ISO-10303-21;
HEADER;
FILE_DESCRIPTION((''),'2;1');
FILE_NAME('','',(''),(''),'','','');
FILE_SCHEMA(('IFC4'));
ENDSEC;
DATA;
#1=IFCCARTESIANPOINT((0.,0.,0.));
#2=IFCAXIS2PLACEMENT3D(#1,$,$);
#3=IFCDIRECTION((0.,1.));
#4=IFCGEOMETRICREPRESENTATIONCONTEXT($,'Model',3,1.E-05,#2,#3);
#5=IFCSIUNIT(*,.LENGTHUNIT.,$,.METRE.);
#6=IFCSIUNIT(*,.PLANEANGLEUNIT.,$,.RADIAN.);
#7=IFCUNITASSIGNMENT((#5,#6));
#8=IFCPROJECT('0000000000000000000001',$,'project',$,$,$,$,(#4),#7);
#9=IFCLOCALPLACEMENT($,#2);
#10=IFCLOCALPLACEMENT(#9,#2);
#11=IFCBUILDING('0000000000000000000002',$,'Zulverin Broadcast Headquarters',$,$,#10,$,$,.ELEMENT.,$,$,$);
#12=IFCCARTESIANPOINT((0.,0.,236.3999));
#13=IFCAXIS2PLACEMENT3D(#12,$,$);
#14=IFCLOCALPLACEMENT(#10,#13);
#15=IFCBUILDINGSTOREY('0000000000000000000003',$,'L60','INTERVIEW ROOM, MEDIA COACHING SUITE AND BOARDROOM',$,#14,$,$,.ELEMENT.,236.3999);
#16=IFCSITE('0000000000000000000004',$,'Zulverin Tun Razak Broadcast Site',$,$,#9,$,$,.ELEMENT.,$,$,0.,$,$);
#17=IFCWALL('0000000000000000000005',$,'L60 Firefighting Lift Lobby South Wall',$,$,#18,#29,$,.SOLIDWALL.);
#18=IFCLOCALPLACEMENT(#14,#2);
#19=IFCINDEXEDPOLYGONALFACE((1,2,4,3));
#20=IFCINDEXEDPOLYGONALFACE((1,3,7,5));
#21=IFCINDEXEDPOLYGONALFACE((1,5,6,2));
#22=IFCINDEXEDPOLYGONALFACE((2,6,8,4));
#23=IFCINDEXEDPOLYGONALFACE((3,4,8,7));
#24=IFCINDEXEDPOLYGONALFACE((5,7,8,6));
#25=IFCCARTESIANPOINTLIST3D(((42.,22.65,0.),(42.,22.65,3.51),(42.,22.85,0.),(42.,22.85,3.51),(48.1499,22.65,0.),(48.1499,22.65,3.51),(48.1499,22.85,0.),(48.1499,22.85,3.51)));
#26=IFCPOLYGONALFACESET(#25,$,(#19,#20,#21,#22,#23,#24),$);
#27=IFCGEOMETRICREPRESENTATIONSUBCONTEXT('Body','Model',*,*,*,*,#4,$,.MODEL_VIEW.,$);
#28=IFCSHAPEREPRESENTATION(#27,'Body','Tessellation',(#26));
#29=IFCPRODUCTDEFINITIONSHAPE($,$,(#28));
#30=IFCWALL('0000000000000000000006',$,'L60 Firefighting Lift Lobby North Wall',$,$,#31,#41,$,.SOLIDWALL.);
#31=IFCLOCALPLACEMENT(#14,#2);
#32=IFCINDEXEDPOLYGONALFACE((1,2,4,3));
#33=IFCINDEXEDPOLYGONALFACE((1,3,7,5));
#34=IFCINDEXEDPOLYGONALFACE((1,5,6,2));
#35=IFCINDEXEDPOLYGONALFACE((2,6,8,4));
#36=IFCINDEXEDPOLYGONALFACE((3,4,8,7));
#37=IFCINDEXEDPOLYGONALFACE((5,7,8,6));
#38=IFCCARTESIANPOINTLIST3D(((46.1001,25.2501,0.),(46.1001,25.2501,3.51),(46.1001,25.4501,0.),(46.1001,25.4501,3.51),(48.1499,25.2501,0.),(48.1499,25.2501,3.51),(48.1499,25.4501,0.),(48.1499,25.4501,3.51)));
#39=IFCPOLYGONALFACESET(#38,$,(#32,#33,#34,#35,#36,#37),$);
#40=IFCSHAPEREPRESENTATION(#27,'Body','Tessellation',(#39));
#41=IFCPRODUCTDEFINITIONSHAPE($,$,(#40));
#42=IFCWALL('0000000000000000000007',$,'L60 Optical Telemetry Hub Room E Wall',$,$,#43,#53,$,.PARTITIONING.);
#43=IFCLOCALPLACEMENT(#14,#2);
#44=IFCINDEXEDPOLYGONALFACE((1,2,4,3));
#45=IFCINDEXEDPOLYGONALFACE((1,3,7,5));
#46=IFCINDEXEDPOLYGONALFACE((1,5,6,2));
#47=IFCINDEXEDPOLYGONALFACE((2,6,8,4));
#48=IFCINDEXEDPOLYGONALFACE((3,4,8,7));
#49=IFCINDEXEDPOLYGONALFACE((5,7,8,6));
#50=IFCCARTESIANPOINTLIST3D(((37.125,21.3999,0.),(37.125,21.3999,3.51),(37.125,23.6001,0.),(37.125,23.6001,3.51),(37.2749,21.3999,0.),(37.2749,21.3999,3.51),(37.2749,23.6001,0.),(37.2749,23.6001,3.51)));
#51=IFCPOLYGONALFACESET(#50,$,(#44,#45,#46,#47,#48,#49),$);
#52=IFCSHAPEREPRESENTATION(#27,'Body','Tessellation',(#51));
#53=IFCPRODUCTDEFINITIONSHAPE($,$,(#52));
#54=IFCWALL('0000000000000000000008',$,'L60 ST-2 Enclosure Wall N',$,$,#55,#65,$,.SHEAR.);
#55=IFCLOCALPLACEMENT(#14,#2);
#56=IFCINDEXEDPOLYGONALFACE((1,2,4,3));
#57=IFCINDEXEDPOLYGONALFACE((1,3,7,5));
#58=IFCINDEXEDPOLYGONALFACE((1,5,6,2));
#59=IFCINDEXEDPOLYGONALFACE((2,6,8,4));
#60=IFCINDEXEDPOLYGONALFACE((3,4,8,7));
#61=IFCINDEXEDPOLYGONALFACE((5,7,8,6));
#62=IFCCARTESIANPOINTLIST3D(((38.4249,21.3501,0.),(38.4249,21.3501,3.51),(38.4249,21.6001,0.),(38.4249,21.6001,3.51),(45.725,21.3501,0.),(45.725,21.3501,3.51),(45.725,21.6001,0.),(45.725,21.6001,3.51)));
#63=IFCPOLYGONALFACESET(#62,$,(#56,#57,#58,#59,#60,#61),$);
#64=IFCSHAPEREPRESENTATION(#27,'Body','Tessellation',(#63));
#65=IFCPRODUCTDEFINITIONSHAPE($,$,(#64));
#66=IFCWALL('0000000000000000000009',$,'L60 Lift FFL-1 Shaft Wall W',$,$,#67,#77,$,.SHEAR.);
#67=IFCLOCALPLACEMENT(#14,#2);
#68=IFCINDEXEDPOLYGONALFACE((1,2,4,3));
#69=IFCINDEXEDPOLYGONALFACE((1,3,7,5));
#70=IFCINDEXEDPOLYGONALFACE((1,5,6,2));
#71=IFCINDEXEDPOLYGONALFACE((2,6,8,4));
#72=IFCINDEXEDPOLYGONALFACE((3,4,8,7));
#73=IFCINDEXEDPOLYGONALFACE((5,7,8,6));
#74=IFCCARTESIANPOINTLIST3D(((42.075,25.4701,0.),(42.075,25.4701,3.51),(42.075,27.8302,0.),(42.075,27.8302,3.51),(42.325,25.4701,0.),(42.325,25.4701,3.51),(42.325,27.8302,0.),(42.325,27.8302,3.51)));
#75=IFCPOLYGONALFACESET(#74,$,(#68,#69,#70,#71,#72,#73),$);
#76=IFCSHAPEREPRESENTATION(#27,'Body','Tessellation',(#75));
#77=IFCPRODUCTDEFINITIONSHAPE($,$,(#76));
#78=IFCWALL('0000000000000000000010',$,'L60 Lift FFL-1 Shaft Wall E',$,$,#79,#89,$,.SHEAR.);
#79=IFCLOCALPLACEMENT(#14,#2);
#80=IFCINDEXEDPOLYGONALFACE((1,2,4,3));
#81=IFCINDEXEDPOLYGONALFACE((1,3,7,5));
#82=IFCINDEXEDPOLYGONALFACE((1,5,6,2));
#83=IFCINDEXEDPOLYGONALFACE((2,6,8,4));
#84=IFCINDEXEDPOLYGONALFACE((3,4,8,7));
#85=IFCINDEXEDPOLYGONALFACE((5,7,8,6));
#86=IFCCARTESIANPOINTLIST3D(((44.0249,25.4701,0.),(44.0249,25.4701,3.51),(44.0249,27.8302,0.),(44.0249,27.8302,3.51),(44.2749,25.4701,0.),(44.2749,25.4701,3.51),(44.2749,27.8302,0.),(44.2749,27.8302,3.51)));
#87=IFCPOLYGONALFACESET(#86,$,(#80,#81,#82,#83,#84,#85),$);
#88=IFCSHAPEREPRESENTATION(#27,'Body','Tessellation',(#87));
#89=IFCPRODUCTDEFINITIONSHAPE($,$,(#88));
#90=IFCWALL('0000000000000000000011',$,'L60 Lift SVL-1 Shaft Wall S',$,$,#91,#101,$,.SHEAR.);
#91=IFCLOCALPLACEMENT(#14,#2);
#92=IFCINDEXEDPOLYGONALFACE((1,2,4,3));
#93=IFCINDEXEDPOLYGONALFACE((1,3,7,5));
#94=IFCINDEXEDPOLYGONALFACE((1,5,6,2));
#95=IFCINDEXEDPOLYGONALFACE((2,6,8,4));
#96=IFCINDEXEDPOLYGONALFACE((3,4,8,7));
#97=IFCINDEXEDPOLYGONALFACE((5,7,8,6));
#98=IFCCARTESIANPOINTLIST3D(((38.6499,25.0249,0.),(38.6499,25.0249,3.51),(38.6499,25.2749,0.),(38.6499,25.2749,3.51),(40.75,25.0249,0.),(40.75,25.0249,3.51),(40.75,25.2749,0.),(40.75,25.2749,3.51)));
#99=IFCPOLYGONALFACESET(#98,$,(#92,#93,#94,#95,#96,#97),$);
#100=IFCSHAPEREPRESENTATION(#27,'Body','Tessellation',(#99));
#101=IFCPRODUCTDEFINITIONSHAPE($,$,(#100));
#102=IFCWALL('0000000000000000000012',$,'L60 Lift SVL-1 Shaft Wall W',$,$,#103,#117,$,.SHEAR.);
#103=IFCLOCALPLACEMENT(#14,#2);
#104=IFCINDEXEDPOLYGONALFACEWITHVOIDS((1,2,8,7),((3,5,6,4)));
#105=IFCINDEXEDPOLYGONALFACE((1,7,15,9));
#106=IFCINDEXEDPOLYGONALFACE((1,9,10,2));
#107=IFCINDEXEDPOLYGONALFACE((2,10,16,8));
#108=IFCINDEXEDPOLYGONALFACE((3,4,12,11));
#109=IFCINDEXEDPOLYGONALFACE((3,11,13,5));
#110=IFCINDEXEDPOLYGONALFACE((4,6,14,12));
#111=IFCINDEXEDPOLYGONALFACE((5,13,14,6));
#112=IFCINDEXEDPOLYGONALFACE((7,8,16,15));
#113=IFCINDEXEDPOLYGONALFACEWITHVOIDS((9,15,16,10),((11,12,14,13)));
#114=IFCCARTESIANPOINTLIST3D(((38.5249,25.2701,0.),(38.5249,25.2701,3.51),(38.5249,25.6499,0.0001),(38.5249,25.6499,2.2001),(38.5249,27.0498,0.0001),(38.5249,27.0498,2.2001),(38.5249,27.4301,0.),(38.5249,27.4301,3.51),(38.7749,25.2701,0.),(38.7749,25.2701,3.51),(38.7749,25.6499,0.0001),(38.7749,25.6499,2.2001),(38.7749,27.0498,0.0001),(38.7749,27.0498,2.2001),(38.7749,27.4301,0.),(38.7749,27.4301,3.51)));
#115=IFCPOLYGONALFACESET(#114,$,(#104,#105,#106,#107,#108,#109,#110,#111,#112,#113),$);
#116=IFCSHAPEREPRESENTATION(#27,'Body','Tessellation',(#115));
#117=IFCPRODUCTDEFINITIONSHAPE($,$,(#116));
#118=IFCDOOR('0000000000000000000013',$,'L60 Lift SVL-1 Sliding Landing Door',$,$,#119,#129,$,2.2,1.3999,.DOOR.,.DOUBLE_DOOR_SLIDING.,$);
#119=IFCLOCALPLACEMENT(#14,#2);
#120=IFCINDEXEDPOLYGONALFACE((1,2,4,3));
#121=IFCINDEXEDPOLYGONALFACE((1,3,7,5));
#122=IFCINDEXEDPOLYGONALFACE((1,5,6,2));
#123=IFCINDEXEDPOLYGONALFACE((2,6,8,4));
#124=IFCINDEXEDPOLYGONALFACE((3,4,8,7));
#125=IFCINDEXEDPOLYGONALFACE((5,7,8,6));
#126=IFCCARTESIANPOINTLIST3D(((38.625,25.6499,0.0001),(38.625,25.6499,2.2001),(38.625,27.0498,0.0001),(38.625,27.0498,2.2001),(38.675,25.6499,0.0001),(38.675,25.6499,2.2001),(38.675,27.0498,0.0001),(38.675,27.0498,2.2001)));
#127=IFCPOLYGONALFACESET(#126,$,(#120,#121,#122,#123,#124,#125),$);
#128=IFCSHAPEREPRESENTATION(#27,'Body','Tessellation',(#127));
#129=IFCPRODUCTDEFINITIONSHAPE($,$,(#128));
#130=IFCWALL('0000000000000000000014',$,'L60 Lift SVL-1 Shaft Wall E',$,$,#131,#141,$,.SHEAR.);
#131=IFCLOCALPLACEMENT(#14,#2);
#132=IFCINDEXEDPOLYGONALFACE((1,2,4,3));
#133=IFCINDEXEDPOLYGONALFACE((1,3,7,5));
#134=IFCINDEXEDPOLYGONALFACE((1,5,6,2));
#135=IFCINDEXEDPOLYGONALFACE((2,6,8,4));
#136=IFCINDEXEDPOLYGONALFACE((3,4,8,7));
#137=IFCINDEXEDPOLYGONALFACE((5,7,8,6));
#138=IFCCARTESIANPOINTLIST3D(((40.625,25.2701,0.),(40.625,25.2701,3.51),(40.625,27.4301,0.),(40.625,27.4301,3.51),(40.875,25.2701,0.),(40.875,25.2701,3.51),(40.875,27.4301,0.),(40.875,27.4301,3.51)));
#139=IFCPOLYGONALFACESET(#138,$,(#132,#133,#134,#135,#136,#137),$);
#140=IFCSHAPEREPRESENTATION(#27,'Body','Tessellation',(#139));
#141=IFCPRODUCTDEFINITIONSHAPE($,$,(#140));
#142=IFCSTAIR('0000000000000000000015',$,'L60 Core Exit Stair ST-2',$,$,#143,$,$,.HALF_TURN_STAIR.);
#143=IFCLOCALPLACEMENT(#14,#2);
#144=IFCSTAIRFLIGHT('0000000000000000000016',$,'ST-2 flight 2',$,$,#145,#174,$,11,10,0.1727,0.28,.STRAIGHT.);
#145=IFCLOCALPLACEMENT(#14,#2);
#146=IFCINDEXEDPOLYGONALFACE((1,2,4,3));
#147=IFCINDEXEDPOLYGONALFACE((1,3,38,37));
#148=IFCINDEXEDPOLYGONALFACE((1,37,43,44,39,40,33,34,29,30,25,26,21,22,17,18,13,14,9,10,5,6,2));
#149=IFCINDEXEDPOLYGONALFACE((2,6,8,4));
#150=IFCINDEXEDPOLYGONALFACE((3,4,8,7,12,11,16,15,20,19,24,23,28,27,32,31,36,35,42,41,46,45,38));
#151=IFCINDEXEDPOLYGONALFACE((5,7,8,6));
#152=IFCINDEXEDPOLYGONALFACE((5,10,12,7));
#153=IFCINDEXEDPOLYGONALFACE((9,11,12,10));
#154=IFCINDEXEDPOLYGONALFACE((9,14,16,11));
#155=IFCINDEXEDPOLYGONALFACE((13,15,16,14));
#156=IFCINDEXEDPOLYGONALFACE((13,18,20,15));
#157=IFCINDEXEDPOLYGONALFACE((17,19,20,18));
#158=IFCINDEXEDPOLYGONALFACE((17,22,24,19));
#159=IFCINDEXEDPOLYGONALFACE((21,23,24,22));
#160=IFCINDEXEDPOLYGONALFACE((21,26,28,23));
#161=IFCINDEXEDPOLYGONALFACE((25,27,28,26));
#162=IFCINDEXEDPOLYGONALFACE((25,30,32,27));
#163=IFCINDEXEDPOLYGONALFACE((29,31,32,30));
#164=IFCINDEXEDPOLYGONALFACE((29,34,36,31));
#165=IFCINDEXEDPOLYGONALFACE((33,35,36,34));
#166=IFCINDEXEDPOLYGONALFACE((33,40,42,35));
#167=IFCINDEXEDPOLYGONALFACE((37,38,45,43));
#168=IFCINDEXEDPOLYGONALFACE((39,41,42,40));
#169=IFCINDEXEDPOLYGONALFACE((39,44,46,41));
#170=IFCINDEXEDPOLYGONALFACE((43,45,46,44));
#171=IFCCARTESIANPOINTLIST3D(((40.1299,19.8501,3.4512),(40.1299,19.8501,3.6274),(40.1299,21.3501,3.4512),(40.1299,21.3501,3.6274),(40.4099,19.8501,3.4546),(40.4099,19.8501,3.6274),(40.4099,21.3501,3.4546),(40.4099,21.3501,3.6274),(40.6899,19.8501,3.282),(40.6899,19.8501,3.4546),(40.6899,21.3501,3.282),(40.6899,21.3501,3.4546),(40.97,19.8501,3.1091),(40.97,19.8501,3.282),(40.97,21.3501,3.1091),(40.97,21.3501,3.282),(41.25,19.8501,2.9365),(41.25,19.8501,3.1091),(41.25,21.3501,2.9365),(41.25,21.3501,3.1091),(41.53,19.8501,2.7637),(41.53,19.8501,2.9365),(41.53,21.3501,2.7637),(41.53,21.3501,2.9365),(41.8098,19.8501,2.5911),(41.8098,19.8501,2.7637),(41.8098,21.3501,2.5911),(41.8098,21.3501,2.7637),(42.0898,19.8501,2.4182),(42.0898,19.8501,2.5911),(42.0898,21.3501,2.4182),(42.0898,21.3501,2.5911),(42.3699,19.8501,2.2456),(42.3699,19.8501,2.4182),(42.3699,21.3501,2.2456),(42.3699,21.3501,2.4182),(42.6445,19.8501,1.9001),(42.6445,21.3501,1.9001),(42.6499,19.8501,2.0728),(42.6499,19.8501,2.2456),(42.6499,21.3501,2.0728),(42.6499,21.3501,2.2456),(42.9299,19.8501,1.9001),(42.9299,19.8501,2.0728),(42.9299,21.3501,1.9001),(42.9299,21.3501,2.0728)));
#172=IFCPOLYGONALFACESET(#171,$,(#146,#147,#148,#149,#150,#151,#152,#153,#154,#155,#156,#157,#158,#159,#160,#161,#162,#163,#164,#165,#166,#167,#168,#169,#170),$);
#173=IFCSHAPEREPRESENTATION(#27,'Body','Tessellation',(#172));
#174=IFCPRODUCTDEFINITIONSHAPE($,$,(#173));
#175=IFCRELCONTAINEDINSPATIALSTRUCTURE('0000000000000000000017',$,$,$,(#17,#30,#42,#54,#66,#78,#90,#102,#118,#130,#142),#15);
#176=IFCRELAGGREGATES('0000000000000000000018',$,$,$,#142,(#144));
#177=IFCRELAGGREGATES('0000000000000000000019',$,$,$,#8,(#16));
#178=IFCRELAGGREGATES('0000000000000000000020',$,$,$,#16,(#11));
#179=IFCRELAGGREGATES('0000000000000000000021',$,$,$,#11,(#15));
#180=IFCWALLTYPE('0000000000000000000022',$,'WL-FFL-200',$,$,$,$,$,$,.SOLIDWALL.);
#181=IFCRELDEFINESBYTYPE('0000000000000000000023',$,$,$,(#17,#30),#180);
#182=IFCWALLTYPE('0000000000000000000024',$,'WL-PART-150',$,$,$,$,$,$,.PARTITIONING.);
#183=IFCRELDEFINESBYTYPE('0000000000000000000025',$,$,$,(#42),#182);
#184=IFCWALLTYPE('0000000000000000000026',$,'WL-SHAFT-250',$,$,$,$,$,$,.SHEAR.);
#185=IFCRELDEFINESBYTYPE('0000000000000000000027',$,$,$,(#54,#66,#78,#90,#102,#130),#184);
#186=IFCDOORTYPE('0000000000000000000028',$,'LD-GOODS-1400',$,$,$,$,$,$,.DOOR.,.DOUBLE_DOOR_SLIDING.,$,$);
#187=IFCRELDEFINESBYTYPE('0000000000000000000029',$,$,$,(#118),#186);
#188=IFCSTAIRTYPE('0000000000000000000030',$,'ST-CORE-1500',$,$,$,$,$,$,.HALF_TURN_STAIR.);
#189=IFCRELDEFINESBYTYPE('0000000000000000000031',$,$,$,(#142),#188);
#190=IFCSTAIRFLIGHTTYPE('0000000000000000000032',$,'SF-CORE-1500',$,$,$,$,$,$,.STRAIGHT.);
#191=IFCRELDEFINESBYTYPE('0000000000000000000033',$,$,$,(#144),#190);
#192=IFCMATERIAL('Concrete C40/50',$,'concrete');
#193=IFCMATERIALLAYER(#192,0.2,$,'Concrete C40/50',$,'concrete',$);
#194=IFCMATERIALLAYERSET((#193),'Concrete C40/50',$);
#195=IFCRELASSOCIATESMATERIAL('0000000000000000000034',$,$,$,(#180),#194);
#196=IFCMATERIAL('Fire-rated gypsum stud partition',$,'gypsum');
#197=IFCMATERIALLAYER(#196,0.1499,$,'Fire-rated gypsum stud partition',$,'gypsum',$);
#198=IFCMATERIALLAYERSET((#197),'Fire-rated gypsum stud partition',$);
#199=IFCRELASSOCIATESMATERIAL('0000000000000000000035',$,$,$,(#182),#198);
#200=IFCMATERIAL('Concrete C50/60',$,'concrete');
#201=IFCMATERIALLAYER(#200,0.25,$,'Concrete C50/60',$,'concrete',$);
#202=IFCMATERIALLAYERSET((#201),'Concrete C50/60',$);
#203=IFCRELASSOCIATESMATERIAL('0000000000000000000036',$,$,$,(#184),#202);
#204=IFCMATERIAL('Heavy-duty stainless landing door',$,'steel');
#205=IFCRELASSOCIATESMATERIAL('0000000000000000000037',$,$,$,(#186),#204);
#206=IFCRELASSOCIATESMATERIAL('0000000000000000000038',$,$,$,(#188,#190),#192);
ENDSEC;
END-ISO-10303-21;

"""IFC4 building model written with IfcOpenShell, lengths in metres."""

from ifc_helpers import new_model, si_unit, direction, frame, frame_2d, origin, place, context, subcontext, project, spatial, polyline, rectangle, outline, extrude, material, layer, layer_set, type_object, element, fill, aggregate, save


model = new_model("IFC4")

# Units and contexts
model_context = context("Model", 3, precision=1e-05, world=origin(), true_north=direction((0.0, 1.0)))
body_context = subcontext(model_context, "Body", "Model", "MODEL_VIEW")
ifc_project = project(units=[si_unit("LENGTHUNIT", "METRE"), si_unit("PLANEANGLEUNIT", "RADIAN")], contexts=[model_context])

# Site, building, storey
site_placement = place(None, origin())
site = spatial("IfcSite", under=ifc_project, at=site_placement, Name="Zulverin Tun Razak Broadcast Site", CompositionType="ELEMENT", RefElevation=0.0)
building_placement = place(site_placement, origin())
building = spatial("IfcBuilding", under=site, at=building_placement, Name="Zulverin Broadcast Headquarters", CompositionType="ELEMENT")
storey_placement = place(building_placement, frame((0.0, 0.0, 236.3999)))
storey = spatial("IfcBuildingStorey", under=building, at=storey_placement, Name="L60", Description="INTERVIEW ROOM, MEDIA COACHING SUITE AND BOARDROOM", CompositionType="ELEMENT", Elevation=236.3999)

# Shared definitions
ifc_material_1 = material(Name="Concrete C40/50", Category="concrete")
ifc_layer_1 = layer(ifc_material_1, 0.2, Name="Concrete C40/50", Category="concrete")
ifc_layer_set_1 = layer_set([ifc_layer_1], Name="Concrete C40/50")
wall_type_1 = type_object("IfcWallType", Name="WL-FFL-200", PredefinedType="SOLIDWALL", material=ifc_layer_set_1)

# Walls
wall_1_placement = place(storey_placement, frame((42.0, 22.75, 0.0), z_axis=(0.0, 0.0, 1.0), x_axis=(1.0, 0.0, 0.0)))
element("IfcWall", 1, at=wall_1_placement, inside=storey, type_object=wall_type_1, Name="L60 Firefighting Lift Lobby South Wall", PredefinedType="SOLIDWALL", context=body_context, shape_type="SweptSolid", body=[
    extrude(rectangle(XDim=6.1499, YDim=0.2, at=frame_2d((3.075, 0.0))), origin(), (0.0, 0.0, 1.0), 3.51),
])
wall_2_placement = place(storey_placement, frame((46.1001, 25.3501, 0.0), z_axis=(0.0, 0.0, 1.0), x_axis=(1.0, 0.0, 0.0)))
element("IfcWall", 2, at=wall_2_placement, inside=storey, type_object=wall_type_1, Name="L60 Firefighting Lift Lobby North Wall", PredefinedType="SOLIDWALL", context=body_context, shape_type="SweptSolid", body=[
    extrude(rectangle(XDim=2.0498, YDim=0.2, at=frame_2d((1.0249, 0.0))), origin(), (0.0, 0.0, 1.0), 3.51),
])
ifc_material_2 = material(Name="Fire-rated gypsum stud partition", Category="gypsum")
ifc_layer_2 = layer(ifc_material_2, 0.1499, Name="Fire-rated gypsum stud partition", Category="gypsum")
ifc_layer_set_2 = layer_set([ifc_layer_2], Name="Fire-rated gypsum stud partition")
wall_type_2 = type_object("IfcWallType", Name="WL-PART-150", PredefinedType="PARTITIONING", material=ifc_layer_set_2)
wall_3_placement = place(storey_placement, frame((37.2, 21.3999, 0.0), z_axis=(0.0, 0.0, 1.0), x_axis=(0.0, 1.0, 0.0)))
element("IfcWall", 3, at=wall_3_placement, inside=storey, type_object=wall_type_2, Name="L60 Optical Telemetry Hub Room E Wall", PredefinedType="PARTITIONING", context=body_context, shape_type="SweptSolid", body=[
    extrude(rectangle(XDim=2.2002, YDim=0.1499, at=frame_2d((1.1001, 0.0))), origin(), (0.0, 0.0, 1.0), 3.51),
])
ifc_material_3 = material(Name="Concrete C50/60", Category="concrete")
ifc_layer_3 = layer(ifc_material_3, 0.25, Name="Concrete C50/60", Category="concrete")
ifc_layer_set_3 = layer_set([ifc_layer_3], Name="Concrete C50/60")
wall_type_3 = type_object("IfcWallType", Name="WL-SHAFT-250", PredefinedType="SHEAR", material=ifc_layer_set_3)
wall_4_placement = place(storey_placement, frame((38.425, 21.4751, 0.0), z_axis=(0.0, 0.0, 1.0), x_axis=(1.0, 0.0, 0.0)))
element("IfcWall", 4, at=wall_4_placement, inside=storey, type_object=wall_type_3, Name="L60 ST-2 Enclosure Wall N", PredefinedType="SHEAR", context=body_context, shape_type="SweptSolid", body=[
    extrude(rectangle(XDim=7.3, YDim=0.25, at=frame_2d((3.6499, 0.0))), origin(), (0.0, 0.0, 1.0), 3.51),
])

# Walls
for number, where, z_axis, x_axis, name in (
    (5, (42.2, 25.47, 0.0), (0.0, 0.0, 1.0), (0.0, 1.0, 0.0), "L60 Lift FFL-1 Shaft Wall W"),
    (6, (44.1499, 25.47, 0.0), (0.0, 0.0, 1.0), (0.0, 1.0, 0.0), "L60 Lift FFL-1 Shaft Wall E"),
):
    element("IfcWall", number, at=place(storey_placement, frame(where, z_axis=z_axis, x_axis=x_axis)), inside=storey, type_object=wall_type_3, Name=name, PredefinedType="SHEAR", context=body_context, shape_type="SweptSolid", body=[
        extrude(rectangle(XDim=2.3601, YDim=0.25, at=frame_2d((1.1802, 0.0))), origin(), (0.0, 0.0, 1.0), 3.51),
    ])

# Wall
wall_5_placement = place(storey_placement, frame((38.6499, 25.1499, 0.0), z_axis=(0.0, 0.0, 1.0), x_axis=(1.0, 0.0, 0.0)))
element("IfcWall", 7, at=wall_5_placement, inside=storey, type_object=wall_type_3, Name="L60 Lift SVL-1 Shaft Wall S", PredefinedType="SHEAR", context=body_context, shape_type="SweptSolid", body=[
    extrude(rectangle(XDim=2.1001, YDim=0.25, at=frame_2d((1.05, 0.0))), origin(), (0.0, 0.0, 1.0), 3.51),
])

# Wall, opening, door
wall_6_placement = place(storey_placement, frame((38.6499, 25.27, 0.0), z_axis=(0.0, 0.0, 1.0), x_axis=(0.0, 1.0, 0.0)))
wall_6 = element("IfcWall", 8, at=wall_6_placement, inside=storey, type_object=wall_type_3, Name="L60 Lift SVL-1 Shaft Wall W", PredefinedType="SHEAR", context=body_context, shape_type="SweptSolid", body=[
    extrude(rectangle(XDim=2.1599, YDim=0.25, at=frame_2d((1.0801, 0.0))), origin(), (0.0, 0.0, 1.0), 3.51),
])
opening_1_placement = place(wall_6_placement, frame((0.3799, 0.0, 0.0)))
opening_1 = element("IfcOpeningElement", 9, at=opening_1_placement, cuts=wall_6, PredefinedType="OPENING", context=body_context, shape_type="SweptSolid", body=[
    extrude(rectangle(XDim=1.3999, YDim=2.2, at=frame_2d((0.7, 1.1001))), frame((0.0, 0.135, 0.0), z_axis=(0.0, -1.0, 0.0), x_axis=(1.0, 0.0, 0.0)), (0.0, 0.0, 1.0), 0.27),
])
ifc_material_4 = material(Name="Heavy-duty stainless landing door", Category="steel")
door_type_1 = type_object("IfcDoorType", Name="LD-GOODS-1400", OperationType="DOUBLE_DOOR_SLIDING", PredefinedType="DOOR", material=ifc_material_4)
door_1_placement = place(opening_1_placement, origin())
door_1 = element("IfcDoor", 10, at=door_1_placement, inside=storey, type_object=door_type_1, Name="L60 Lift SVL-1 Sliding Landing Door", OperationType="DOUBLE_DOOR_SLIDING", OverallHeight=2.2, OverallWidth=1.3999, PredefinedType="DOOR", context=body_context, shape_type="SweptSolid", body=[
    extrude(rectangle(XDim=1.3999, YDim=2.2, at=frame_2d((0.7, 1.1001))), frame((0.0, 0.0249, 0.0), z_axis=(0.0, -1.0, 0.0), x_axis=(1.0, 0.0, 0.0)), (0.0, 0.0, 1.0), 0.05),
])
fill(opening_1, door_1)

# Wall
wall_7_placement = place(storey_placement, frame((40.75, 25.27, 0.0), z_axis=(0.0, 0.0, 1.0), x_axis=(0.0, 1.0, 0.0)))
element("IfcWall", 11, at=wall_7_placement, inside=storey, type_object=wall_type_3, Name="L60 Lift SVL-1 Shaft Wall E", PredefinedType="SHEAR", context=body_context, shape_type="SweptSolid", body=[
    extrude(rectangle(XDim=2.1599, YDim=0.25, at=frame_2d((1.0801, 0.0))), origin(), (0.0, 0.0, 1.0), 3.51),
])

# Stair, stair flight
stair_type = type_object("IfcStairType", Name="ST-CORE-1500", PredefinedType="HALF_TURN_STAIR", material=ifc_material_1)
stair_placement = place(storey_placement, origin())
stair = element("IfcStair", 12, at=stair_placement, inside=storey, type_object=stair_type, Name="L60 Core Exit Stair ST-2", PredefinedType="HALF_TURN_STAIR")
stair_flight_type = type_object("IfcStairFlightType", Name="SF-CORE-1500", PredefinedType="STRAIGHT", material=ifc_material_1)
stair_flight_placement = place(storey_placement, frame((42.9299, 20.6001, 1.9001), z_axis=(0.0, 0.0, 1.0), x_axis=(-1.0, 0.0, 0.0)))
stair_flight = element("IfcStairFlight", 13, at=stair_flight_placement, type_object=stair_flight_type, Name="ST-2 flight 2", NumberOfRisers=11, NumberOfTreads=10, PredefinedType="STRAIGHT", RiserHeight=0.1727, TreadLength=0.28, context=body_context, shape_type="SweptSolid", body=[
    extrude(outline(polyline([(0.0, 0.0), (0.0, 0.1726), (0.28, 0.1726), (0.28, 0.3455), (0.5601, 0.3455), (0.5601, 0.5181), (0.8401, 0.5181), (0.8401, 0.6909), (1.1201, 0.6909), (1.1201, 0.8635), (1.3999, 0.8635), (1.3999, 1.0364), (1.6799, 1.0364), (1.6799, 1.209), (1.96, 1.209), (1.96, 1.3818), (2.24, 1.3818), (2.24, 1.5544), (2.52, 1.5544), (2.52, 1.7273), (2.8, 1.7273), (2.8, 1.8999), (2.8, 1.551), (0.2854, 0.0), (0.0, 0.0)])), frame((0.0, 0.75, 0.0), z_axis=(0.0, -1.0, 0.0), x_axis=(1.0, 0.0, 0.0)), (0.0, 0.0, 1.0), 1.5),
])
aggregate(stair, [stair_flight])

save(model, "model.ifc")
